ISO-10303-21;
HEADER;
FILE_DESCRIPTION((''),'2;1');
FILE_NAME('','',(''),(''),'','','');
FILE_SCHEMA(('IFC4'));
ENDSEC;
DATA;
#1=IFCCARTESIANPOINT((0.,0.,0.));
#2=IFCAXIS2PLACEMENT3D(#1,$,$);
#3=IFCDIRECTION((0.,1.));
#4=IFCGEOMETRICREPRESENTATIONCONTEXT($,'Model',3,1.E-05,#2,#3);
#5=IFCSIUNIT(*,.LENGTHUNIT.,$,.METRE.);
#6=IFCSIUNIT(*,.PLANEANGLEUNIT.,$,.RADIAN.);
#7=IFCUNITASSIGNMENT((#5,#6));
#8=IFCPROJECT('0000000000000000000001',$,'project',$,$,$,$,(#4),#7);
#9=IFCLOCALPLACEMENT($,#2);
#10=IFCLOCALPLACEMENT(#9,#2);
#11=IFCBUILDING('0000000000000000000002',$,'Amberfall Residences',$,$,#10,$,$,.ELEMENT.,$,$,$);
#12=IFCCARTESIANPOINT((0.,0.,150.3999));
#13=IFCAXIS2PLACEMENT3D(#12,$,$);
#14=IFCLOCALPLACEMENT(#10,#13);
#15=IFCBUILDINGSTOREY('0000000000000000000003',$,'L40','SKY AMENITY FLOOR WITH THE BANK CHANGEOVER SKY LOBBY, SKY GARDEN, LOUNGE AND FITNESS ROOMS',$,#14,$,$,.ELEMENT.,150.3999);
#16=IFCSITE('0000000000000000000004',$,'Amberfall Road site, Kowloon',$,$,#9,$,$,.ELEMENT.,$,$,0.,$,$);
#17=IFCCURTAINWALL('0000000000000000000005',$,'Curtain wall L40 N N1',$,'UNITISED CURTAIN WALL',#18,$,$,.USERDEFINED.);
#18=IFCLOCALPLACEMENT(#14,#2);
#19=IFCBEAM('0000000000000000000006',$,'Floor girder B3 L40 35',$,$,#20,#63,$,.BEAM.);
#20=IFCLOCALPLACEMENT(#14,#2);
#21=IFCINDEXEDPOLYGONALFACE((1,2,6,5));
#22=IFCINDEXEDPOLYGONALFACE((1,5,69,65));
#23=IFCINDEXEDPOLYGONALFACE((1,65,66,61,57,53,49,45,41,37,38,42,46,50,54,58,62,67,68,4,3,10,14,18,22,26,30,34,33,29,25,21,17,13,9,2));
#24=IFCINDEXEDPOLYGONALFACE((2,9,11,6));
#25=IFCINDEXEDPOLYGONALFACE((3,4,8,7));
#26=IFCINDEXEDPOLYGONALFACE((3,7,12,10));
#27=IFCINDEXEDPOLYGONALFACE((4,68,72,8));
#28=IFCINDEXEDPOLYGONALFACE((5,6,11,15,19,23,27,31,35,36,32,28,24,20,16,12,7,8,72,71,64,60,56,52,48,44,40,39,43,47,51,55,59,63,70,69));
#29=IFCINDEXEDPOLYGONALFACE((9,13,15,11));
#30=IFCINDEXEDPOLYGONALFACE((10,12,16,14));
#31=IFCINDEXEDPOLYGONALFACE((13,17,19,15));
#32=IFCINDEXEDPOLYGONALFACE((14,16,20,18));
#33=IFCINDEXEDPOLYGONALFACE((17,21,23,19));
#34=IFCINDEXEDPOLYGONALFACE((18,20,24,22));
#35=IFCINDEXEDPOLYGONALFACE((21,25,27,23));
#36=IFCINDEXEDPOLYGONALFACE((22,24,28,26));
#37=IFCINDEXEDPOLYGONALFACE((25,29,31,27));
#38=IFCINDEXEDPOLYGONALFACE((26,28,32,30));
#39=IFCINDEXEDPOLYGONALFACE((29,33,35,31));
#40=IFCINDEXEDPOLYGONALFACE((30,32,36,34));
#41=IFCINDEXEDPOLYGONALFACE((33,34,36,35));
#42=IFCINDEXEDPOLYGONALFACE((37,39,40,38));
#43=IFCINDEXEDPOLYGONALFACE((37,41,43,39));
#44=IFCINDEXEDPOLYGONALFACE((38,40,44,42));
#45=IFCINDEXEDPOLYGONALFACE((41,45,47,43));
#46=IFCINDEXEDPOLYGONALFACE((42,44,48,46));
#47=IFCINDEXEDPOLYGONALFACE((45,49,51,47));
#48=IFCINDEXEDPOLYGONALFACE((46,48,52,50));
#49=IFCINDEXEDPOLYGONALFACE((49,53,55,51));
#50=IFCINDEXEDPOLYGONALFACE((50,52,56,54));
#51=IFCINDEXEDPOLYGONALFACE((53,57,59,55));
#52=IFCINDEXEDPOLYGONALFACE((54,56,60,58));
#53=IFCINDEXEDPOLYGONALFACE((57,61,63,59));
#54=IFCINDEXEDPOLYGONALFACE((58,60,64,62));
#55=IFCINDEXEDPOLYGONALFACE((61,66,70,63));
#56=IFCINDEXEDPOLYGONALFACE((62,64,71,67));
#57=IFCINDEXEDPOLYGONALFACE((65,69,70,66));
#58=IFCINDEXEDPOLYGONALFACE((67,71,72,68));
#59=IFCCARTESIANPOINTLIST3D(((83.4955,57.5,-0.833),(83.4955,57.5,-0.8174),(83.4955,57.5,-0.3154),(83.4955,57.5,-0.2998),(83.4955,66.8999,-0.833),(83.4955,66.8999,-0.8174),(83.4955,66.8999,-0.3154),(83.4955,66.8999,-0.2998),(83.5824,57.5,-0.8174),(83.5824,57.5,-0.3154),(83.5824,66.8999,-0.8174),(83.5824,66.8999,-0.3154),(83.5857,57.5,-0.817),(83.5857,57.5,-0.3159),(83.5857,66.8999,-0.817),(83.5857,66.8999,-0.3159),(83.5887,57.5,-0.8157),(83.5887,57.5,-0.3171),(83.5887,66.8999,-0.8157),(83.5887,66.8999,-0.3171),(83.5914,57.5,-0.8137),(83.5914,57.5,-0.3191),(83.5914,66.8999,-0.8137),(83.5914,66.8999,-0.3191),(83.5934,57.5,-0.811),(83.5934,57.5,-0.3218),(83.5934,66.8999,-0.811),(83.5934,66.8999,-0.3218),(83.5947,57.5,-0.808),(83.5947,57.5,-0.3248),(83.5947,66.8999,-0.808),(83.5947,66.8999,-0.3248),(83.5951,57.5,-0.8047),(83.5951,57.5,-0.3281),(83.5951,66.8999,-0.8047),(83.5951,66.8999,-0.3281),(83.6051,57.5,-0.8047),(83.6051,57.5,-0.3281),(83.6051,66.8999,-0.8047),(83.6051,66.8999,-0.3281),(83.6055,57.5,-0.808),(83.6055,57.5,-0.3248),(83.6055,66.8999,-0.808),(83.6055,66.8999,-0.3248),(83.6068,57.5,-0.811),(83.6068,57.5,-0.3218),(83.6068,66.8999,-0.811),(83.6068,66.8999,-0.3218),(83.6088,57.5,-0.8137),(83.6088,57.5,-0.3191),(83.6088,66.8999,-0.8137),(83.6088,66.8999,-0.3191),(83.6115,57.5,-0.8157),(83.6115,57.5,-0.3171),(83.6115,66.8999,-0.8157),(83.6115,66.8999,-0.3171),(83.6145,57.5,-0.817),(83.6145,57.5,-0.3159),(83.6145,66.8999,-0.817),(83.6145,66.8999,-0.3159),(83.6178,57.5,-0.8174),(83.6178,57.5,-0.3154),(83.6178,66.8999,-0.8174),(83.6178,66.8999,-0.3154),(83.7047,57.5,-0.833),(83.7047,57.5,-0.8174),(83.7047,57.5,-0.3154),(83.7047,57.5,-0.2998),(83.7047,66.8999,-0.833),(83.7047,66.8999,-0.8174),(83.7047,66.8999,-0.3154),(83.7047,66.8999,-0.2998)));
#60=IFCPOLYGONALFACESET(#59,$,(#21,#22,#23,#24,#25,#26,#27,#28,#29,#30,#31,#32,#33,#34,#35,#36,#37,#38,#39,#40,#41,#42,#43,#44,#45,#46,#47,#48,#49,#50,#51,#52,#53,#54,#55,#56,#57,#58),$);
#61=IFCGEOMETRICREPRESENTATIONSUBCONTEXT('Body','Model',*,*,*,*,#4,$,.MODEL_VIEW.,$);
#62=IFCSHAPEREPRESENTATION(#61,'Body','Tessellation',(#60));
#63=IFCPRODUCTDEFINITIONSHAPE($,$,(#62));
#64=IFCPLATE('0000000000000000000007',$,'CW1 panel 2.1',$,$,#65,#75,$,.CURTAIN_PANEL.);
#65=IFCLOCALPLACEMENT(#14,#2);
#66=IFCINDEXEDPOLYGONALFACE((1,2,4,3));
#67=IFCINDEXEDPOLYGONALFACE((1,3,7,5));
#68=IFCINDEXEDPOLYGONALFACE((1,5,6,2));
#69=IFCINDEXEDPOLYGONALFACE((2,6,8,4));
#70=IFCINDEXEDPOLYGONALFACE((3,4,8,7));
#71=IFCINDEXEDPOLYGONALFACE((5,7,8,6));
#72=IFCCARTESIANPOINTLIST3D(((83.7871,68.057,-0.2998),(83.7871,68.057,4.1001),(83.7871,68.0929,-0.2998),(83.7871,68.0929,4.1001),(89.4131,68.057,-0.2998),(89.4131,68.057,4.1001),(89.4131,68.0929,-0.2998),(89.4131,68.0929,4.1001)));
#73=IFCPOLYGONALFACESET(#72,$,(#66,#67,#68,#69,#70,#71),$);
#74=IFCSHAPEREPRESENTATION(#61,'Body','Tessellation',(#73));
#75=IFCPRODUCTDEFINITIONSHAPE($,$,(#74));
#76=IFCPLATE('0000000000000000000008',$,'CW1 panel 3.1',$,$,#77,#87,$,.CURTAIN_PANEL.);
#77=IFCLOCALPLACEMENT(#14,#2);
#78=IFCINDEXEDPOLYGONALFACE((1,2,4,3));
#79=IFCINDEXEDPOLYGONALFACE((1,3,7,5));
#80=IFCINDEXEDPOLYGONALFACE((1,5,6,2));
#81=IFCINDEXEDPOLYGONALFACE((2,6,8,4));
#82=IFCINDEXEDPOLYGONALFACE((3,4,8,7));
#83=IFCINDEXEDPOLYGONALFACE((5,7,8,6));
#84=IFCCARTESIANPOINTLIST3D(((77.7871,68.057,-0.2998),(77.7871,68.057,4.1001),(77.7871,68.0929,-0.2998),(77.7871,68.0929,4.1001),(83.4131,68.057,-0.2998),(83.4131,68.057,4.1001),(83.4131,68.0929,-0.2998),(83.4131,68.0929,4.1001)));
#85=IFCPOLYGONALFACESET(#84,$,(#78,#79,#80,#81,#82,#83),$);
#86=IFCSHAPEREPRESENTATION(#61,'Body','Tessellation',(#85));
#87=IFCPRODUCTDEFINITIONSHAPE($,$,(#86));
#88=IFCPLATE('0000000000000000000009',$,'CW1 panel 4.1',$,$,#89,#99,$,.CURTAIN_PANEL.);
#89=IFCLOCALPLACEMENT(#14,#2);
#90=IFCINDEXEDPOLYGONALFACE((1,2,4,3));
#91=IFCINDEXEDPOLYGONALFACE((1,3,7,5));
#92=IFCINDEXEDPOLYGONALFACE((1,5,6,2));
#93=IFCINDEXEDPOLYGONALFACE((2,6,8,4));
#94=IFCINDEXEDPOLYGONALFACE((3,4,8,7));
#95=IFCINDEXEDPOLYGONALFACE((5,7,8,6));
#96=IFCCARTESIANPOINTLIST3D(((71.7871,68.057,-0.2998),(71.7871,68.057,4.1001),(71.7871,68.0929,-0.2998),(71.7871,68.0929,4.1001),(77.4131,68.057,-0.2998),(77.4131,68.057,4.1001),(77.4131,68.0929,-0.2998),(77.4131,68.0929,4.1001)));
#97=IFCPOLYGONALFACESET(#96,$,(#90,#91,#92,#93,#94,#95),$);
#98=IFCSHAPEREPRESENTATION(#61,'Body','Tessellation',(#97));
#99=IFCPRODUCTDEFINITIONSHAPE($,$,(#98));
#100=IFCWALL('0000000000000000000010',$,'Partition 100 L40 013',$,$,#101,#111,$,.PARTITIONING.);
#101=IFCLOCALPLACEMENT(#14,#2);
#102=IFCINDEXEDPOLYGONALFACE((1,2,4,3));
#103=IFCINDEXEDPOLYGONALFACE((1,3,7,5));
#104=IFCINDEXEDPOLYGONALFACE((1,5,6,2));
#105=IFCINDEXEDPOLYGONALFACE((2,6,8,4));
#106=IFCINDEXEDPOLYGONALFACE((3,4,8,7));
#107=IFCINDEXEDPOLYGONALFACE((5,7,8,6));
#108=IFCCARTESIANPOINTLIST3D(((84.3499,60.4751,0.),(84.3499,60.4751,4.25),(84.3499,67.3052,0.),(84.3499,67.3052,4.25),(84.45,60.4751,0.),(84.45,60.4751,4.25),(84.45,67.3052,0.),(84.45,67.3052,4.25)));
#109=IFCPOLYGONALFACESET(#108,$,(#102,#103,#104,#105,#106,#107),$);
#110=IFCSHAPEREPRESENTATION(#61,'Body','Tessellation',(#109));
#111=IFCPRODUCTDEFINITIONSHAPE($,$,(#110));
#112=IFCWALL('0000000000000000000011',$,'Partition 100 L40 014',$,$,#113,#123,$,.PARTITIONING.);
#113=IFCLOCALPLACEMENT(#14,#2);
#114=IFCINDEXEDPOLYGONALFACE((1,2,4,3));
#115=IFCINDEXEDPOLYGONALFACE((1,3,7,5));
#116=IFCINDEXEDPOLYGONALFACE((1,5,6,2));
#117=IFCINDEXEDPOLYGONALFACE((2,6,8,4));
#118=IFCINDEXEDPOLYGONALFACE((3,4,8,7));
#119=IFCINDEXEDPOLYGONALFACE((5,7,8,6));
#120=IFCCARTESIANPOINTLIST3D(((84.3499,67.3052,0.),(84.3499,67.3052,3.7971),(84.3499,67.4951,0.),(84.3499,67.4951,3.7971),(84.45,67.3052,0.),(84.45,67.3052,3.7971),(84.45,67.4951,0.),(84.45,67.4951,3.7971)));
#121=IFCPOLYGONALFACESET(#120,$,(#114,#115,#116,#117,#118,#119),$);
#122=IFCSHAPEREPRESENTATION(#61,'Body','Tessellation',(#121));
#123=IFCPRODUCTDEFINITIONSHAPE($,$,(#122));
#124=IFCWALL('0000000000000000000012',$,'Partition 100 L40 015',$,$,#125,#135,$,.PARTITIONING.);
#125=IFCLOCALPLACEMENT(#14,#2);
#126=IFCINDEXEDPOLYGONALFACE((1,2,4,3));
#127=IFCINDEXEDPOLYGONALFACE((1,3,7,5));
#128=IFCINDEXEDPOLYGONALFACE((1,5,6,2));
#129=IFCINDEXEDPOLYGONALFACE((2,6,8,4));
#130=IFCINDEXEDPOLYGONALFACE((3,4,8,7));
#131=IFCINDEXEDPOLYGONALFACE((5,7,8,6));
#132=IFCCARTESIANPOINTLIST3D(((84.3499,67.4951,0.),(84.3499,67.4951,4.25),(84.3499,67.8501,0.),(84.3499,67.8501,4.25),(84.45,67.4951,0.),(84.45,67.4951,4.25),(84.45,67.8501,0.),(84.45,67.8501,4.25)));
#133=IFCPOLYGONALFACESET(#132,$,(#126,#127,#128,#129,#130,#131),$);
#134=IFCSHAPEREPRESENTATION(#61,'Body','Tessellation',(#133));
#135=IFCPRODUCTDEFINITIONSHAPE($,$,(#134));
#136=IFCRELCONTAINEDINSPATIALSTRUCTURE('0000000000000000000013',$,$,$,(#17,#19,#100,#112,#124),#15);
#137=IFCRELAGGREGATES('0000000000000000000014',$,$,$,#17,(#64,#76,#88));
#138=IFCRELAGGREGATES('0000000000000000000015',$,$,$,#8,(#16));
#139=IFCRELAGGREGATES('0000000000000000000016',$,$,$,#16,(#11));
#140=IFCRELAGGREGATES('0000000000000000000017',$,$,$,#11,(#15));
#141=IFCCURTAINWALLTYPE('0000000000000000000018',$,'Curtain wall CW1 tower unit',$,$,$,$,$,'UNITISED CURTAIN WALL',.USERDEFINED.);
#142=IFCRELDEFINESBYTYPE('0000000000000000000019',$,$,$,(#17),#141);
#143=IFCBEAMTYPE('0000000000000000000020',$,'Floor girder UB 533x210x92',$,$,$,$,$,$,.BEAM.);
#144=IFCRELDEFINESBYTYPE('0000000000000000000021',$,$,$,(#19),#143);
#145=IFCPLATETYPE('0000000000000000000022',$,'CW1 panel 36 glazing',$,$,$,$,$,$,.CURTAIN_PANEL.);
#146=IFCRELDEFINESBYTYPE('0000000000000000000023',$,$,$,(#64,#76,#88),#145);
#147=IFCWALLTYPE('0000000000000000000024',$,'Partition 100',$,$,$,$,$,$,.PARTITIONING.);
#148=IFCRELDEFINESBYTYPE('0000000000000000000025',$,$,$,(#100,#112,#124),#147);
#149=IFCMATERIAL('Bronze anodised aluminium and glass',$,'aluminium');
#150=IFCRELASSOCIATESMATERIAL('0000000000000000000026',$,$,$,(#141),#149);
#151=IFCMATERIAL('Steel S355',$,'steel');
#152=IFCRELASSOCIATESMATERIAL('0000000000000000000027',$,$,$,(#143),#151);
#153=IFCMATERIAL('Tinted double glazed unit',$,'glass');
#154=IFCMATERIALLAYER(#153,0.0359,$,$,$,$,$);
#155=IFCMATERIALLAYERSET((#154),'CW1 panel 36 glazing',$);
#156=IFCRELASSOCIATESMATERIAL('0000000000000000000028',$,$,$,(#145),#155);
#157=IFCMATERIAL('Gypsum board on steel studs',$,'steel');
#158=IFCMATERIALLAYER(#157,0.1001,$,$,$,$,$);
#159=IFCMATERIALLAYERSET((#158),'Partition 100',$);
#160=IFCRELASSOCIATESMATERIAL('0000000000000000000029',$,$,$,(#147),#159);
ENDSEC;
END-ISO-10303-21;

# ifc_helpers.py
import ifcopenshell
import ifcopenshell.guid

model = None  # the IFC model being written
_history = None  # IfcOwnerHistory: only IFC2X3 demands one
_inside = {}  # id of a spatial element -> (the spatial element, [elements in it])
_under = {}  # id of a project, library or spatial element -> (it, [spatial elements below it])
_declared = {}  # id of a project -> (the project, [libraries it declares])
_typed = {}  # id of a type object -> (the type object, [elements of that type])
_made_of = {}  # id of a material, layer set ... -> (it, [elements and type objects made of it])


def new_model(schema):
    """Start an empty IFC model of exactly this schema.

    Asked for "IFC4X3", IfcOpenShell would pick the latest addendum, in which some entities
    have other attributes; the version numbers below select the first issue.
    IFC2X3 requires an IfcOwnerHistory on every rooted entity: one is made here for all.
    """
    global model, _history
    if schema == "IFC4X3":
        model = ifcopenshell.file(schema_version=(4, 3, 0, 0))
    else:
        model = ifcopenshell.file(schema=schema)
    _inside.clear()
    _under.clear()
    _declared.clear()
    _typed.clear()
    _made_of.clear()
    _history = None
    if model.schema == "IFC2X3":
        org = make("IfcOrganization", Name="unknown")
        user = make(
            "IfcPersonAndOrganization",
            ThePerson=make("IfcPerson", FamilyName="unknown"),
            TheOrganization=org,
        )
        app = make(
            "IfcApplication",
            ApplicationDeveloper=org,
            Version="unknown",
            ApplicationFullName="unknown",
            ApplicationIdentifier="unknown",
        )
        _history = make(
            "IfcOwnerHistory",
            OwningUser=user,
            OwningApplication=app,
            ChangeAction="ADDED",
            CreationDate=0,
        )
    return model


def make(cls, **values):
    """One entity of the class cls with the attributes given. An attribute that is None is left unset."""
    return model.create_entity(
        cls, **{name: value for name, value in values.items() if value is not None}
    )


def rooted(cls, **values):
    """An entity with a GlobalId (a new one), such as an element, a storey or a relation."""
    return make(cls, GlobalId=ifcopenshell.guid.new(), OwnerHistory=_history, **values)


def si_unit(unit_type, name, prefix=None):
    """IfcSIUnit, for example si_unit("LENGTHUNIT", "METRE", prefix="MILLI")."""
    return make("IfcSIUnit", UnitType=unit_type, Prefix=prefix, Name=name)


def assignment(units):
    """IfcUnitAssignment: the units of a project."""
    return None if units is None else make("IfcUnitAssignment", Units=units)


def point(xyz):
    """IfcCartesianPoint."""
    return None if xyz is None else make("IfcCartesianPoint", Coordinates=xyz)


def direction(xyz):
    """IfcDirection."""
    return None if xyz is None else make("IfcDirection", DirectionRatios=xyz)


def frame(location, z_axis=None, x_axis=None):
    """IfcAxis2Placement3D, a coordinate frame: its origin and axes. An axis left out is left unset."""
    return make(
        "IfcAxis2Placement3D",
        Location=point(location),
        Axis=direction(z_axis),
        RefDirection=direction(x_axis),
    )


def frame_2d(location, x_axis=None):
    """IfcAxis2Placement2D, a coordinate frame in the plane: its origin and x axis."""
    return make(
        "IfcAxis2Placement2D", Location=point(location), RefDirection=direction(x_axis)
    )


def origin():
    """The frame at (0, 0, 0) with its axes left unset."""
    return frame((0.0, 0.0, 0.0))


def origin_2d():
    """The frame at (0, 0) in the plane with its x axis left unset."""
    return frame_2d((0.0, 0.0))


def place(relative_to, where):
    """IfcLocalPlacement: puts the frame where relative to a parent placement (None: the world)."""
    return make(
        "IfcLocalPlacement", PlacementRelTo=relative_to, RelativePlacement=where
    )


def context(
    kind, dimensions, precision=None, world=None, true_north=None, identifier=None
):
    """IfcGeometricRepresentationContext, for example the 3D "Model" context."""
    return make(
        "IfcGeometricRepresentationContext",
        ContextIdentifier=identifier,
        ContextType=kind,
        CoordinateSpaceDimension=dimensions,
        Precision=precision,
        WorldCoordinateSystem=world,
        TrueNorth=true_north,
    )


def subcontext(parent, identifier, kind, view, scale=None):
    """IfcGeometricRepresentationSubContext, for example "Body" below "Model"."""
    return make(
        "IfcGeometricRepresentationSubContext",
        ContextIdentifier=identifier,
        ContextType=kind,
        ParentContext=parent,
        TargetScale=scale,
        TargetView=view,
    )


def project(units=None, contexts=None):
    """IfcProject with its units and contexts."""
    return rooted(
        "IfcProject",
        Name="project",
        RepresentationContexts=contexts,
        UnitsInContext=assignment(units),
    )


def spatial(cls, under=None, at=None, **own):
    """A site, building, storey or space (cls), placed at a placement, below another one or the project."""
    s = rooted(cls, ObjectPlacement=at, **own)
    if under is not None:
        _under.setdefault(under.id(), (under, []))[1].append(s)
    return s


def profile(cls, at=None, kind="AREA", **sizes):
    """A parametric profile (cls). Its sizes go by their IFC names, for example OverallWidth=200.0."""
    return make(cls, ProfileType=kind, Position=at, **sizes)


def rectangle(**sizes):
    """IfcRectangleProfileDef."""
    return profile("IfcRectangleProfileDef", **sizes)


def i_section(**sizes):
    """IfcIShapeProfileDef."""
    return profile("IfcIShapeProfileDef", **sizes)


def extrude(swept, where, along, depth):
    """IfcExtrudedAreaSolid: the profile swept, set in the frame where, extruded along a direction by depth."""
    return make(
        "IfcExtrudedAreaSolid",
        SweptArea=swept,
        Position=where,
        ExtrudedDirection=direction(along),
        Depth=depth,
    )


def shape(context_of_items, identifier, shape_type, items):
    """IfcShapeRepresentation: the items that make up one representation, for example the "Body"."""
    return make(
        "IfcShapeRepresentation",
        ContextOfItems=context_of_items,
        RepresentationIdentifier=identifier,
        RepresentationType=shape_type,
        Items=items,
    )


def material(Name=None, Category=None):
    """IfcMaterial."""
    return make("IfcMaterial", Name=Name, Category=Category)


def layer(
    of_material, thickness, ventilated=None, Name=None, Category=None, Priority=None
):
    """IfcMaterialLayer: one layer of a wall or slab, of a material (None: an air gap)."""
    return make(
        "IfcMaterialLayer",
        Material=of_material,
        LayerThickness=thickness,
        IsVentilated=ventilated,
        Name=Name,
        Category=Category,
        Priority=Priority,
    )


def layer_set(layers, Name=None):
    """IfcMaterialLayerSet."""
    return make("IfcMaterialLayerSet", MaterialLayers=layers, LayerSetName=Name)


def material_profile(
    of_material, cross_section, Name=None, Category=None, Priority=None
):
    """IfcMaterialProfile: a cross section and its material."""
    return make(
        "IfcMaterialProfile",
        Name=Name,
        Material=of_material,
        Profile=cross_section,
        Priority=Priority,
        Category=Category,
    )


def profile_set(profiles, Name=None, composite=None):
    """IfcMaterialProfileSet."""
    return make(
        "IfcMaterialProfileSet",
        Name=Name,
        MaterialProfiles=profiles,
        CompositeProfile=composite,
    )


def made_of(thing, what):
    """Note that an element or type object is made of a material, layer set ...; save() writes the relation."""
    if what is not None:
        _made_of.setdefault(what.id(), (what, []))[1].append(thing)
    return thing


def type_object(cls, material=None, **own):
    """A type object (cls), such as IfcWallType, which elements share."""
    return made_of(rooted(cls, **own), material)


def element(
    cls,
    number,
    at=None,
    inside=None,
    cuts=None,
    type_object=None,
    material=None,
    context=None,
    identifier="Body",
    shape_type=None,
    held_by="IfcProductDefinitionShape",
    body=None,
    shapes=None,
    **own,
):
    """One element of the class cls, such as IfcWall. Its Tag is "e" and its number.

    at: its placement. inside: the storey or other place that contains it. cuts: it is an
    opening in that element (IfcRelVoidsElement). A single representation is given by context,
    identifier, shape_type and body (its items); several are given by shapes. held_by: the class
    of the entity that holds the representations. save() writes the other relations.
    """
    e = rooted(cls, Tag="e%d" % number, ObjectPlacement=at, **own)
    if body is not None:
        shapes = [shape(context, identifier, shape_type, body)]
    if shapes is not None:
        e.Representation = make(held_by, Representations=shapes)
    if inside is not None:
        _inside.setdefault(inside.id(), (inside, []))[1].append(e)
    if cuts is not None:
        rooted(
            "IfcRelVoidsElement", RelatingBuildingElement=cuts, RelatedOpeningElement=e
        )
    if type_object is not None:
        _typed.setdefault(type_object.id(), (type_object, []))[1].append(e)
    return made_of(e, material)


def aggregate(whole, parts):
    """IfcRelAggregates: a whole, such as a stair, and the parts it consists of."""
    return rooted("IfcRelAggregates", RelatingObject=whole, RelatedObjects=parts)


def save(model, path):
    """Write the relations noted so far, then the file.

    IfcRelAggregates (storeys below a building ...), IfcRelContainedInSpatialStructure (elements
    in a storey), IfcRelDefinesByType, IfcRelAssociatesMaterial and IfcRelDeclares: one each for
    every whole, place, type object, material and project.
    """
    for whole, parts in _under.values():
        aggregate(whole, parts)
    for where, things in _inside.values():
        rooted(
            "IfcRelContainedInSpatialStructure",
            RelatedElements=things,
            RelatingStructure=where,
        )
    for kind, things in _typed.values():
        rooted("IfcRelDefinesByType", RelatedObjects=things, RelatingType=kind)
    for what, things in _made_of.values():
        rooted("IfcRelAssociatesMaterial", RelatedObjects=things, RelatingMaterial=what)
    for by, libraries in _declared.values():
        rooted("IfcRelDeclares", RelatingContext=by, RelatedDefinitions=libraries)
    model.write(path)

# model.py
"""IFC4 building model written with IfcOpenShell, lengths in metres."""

from ifc_helpers import new_model, si_unit, direction, frame, frame_2d, origin, origin_2d, place, context, subcontext, project, spatial, rectangle, i_section, extrude, material, layer, layer_set, material_profile, profile_set, type_object, element, aggregate, save


model = new_model("IFC4")

# Units and contexts
model_context = context("Model", 3, precision=1e-05, world=origin(), true_north=direction((0.0, 1.0)))
body_context = subcontext(model_context, "Body", "Model", "MODEL_VIEW")
ifc_project = project(units=[si_unit("LENGTHUNIT", "METRE"), si_unit("PLANEANGLEUNIT", "RADIAN")], contexts=[model_context])

# Site, building, storey
site_placement = place(None, origin())
site = spatial("IfcSite", under=ifc_project, at=site_placement, Name="Amberfall Road site, Kowloon", CompositionType="ELEMENT", RefElevation=0.0)
building_placement = place(site_placement, origin())
building = spatial("IfcBuilding", under=site, at=building_placement, Name="Amberfall Residences", CompositionType="ELEMENT")
storey_placement = place(building_placement, frame((0.0, 0.0, 150.3999)))
storey = spatial("IfcBuildingStorey", under=building, at=storey_placement, Name="L40", Description="SKY AMENITY FLOOR WITH THE BANK CHANGEOVER SKY LOBBY, SKY GARDEN, LOUNGE AND FITNESS ROOMS", CompositionType="ELEMENT", Elevation=150.3999)

# Curtain wall
ifc_material_1 = material(Name="Bronze anodised aluminium and glass", Category="aluminium")
curtain_wall_type = type_object("IfcCurtainWallType", Name="Curtain wall CW1 tower unit", ElementType="UNITISED CURTAIN WALL", PredefinedType="USERDEFINED", material=ifc_material_1)
curtain_wall_placement = place(storey_placement, origin())
curtain_wall = element("IfcCurtainWall", 1, at=curtain_wall_placement, inside=storey, type_object=curtain_wall_type, Name="Curtain wall L40 N N1", ObjectType="UNITISED CURTAIN WALL", PredefinedType="USERDEFINED")

# Shared definitions
ifc_material_2 = material(Name="Steel S355", Category="steel")

# Beam
ifc_material_profile_1 = material_profile(ifc_material_2, i_section(OverallWidth=0.2092, OverallDepth=0.5332, WebThickness=0.01, FlangeThickness=0.0156, FilletRadius=0.0127, at=origin_2d()), Name="UB 533x210x92")
ifc_profile_set_1 = profile_set([ifc_material_profile_1], Name="Steel S355")
beam_type_1 = type_object("IfcBeamType", Name="Floor girder UB 533x210x92", PredefinedType="BEAM", material=ifc_profile_set_1)
for number, where, z_axis, x_axis, name in (
    (2, (83.6001, 66.8999, -0.5664), (0.0, -1.0, 0.0), (1.0, 0.0, 0.0), "Floor girder B3 L40 35"),
):
    element("IfcBeam", number, at=place(storey_placement, frame(where, z_axis=z_axis, x_axis=x_axis)), inside=storey, type_object=beam_type_1, Name=name, PredefinedType="BEAM", context=body_context, shape_type="SweptSolid", body=[
        extrude(i_section(OverallWidth=0.2092, OverallDepth=0.5332, WebThickness=0.01, FlangeThickness=0.0156, FilletRadius=0.0127, at=origin_2d()), origin(), (0.0, 0.0, 1.0), 9.3999),
    ])

# Plates
ifc_material_3 = material(Name="Tinted double glazed unit", Category="glass")
ifc_layer_1 = layer(ifc_material_3, 0.0359)
ifc_layer_set_1 = layer_set([ifc_layer_1], Name="CW1 panel 36 glazing")
plate_type = type_object("IfcPlateType", Name="CW1 panel 36 glazing", PredefinedType="CURTAIN_PANEL", material=ifc_layer_set_1)
plate_1_placement = place(storey_placement, frame((86.6001, 68.075, -0.2998), z_axis=(0.0, 0.0, 1.0), x_axis=(-1.0, 0.0, 0.0)))
plate_1 = element("IfcPlate", 3, at=plate_1_placement, type_object=plate_type, Name="CW1 panel 2.1", PredefinedType="CURTAIN_PANEL", context=body_context, shape_type="SweptSolid", body=[
    extrude(rectangle(XDim=5.626, YDim=0.0359, at=origin_2d()), origin(), (0.0, 0.0, 1.0), 4.3999),
])
plate_2_placement = place(storey_placement, frame((80.6001, 68.075, -0.2998), z_axis=(0.0, 0.0, 1.0), x_axis=(-1.0, 0.0, 0.0)))
plate_2 = element("IfcPlate", 4, at=plate_2_placement, type_object=plate_type, Name="CW1 panel 3.1", PredefinedType="CURTAIN_PANEL", context=body_context, shape_type="SweptSolid", body=[
    extrude(rectangle(XDim=5.626, YDim=0.0359, at=origin_2d()), origin(), (0.0, 0.0, 1.0), 4.3999),
])
plate_3_placement = place(storey_placement, frame((74.6001, 68.075, -0.2998), z_axis=(0.0, 0.0, 1.0), x_axis=(-1.0, 0.0, 0.0)))
plate_3 = element("IfcPlate", 5, at=plate_3_placement, type_object=plate_type, Name="CW1 panel 4.1", PredefinedType="CURTAIN_PANEL", context=body_context, shape_type="SweptSolid", body=[
    extrude(rectangle(XDim=5.626, YDim=0.0359, at=origin_2d()), origin(), (0.0, 0.0, 1.0), 4.3999),
])
aggregate(curtain_wall, [plate_1, plate_2, plate_3])

# Walls
ifc_material_4 = material(Name="Gypsum board on steel studs", Category="steel")
ifc_layer_2 = layer(ifc_material_4, 0.1001)
ifc_layer_set_2 = layer_set([ifc_layer_2], Name="Partition 100")
wall_type = type_object("IfcWallType", Name="Partition 100", PredefinedType="PARTITIONING", material=ifc_layer_set_2)
wall_1_placement = place(storey_placement, frame((84.3999, 60.4751, 0.0), z_axis=(0.0, 0.0, 1.0), x_axis=(0.0, 1.0, 0.0)))
element("IfcWall", 6, at=wall_1_placement, inside=storey, type_object=wall_type, Name="Partition 100 L40 013", PredefinedType="PARTITIONING", context=body_context, shape_type="SweptSolid", body=[
    extrude(rectangle(XDim=6.8301, YDim=0.1001, at=frame_2d((3.415, 0.0))), origin(), (0.0, 0.0, 1.0), 4.25),
])
wall_2_placement = place(storey_placement, frame((84.3999, 67.3052, 0.0), z_axis=(0.0, 0.0, 1.0), x_axis=(0.0, 1.0, 0.0)))
element("IfcWall", 7, at=wall_2_placement, inside=storey, type_object=wall_type, Name="Partition 100 L40 014", PredefinedType="PARTITIONING", context=body_context, shape_type="SweptSolid", body=[
    extrude(rectangle(XDim=0.1899, YDim=0.1001, at=frame_2d((0.095, 0.0))), origin(), (0.0, 0.0, 1.0), 3.7971),
])
wall_3_placement = place(storey_placement, frame((84.3999, 67.4951, 0.0), z_axis=(0.0, 0.0, 1.0), x_axis=(0.0, 1.0, 0.0)))
element("IfcWall", 8, at=wall_3_placement, inside=storey, type_object=wall_type, Name="Partition 100 L40 015", PredefinedType="PARTITIONING", context=body_context, shape_type="SweptSolid", body=[
    extrude(rectangle(XDim=0.355, YDim=0.1001, at=frame_2d((0.1775, 0.0))), origin(), (0.0, 0.0, 1.0), 4.25),
])

save(model, "model.ifc")
